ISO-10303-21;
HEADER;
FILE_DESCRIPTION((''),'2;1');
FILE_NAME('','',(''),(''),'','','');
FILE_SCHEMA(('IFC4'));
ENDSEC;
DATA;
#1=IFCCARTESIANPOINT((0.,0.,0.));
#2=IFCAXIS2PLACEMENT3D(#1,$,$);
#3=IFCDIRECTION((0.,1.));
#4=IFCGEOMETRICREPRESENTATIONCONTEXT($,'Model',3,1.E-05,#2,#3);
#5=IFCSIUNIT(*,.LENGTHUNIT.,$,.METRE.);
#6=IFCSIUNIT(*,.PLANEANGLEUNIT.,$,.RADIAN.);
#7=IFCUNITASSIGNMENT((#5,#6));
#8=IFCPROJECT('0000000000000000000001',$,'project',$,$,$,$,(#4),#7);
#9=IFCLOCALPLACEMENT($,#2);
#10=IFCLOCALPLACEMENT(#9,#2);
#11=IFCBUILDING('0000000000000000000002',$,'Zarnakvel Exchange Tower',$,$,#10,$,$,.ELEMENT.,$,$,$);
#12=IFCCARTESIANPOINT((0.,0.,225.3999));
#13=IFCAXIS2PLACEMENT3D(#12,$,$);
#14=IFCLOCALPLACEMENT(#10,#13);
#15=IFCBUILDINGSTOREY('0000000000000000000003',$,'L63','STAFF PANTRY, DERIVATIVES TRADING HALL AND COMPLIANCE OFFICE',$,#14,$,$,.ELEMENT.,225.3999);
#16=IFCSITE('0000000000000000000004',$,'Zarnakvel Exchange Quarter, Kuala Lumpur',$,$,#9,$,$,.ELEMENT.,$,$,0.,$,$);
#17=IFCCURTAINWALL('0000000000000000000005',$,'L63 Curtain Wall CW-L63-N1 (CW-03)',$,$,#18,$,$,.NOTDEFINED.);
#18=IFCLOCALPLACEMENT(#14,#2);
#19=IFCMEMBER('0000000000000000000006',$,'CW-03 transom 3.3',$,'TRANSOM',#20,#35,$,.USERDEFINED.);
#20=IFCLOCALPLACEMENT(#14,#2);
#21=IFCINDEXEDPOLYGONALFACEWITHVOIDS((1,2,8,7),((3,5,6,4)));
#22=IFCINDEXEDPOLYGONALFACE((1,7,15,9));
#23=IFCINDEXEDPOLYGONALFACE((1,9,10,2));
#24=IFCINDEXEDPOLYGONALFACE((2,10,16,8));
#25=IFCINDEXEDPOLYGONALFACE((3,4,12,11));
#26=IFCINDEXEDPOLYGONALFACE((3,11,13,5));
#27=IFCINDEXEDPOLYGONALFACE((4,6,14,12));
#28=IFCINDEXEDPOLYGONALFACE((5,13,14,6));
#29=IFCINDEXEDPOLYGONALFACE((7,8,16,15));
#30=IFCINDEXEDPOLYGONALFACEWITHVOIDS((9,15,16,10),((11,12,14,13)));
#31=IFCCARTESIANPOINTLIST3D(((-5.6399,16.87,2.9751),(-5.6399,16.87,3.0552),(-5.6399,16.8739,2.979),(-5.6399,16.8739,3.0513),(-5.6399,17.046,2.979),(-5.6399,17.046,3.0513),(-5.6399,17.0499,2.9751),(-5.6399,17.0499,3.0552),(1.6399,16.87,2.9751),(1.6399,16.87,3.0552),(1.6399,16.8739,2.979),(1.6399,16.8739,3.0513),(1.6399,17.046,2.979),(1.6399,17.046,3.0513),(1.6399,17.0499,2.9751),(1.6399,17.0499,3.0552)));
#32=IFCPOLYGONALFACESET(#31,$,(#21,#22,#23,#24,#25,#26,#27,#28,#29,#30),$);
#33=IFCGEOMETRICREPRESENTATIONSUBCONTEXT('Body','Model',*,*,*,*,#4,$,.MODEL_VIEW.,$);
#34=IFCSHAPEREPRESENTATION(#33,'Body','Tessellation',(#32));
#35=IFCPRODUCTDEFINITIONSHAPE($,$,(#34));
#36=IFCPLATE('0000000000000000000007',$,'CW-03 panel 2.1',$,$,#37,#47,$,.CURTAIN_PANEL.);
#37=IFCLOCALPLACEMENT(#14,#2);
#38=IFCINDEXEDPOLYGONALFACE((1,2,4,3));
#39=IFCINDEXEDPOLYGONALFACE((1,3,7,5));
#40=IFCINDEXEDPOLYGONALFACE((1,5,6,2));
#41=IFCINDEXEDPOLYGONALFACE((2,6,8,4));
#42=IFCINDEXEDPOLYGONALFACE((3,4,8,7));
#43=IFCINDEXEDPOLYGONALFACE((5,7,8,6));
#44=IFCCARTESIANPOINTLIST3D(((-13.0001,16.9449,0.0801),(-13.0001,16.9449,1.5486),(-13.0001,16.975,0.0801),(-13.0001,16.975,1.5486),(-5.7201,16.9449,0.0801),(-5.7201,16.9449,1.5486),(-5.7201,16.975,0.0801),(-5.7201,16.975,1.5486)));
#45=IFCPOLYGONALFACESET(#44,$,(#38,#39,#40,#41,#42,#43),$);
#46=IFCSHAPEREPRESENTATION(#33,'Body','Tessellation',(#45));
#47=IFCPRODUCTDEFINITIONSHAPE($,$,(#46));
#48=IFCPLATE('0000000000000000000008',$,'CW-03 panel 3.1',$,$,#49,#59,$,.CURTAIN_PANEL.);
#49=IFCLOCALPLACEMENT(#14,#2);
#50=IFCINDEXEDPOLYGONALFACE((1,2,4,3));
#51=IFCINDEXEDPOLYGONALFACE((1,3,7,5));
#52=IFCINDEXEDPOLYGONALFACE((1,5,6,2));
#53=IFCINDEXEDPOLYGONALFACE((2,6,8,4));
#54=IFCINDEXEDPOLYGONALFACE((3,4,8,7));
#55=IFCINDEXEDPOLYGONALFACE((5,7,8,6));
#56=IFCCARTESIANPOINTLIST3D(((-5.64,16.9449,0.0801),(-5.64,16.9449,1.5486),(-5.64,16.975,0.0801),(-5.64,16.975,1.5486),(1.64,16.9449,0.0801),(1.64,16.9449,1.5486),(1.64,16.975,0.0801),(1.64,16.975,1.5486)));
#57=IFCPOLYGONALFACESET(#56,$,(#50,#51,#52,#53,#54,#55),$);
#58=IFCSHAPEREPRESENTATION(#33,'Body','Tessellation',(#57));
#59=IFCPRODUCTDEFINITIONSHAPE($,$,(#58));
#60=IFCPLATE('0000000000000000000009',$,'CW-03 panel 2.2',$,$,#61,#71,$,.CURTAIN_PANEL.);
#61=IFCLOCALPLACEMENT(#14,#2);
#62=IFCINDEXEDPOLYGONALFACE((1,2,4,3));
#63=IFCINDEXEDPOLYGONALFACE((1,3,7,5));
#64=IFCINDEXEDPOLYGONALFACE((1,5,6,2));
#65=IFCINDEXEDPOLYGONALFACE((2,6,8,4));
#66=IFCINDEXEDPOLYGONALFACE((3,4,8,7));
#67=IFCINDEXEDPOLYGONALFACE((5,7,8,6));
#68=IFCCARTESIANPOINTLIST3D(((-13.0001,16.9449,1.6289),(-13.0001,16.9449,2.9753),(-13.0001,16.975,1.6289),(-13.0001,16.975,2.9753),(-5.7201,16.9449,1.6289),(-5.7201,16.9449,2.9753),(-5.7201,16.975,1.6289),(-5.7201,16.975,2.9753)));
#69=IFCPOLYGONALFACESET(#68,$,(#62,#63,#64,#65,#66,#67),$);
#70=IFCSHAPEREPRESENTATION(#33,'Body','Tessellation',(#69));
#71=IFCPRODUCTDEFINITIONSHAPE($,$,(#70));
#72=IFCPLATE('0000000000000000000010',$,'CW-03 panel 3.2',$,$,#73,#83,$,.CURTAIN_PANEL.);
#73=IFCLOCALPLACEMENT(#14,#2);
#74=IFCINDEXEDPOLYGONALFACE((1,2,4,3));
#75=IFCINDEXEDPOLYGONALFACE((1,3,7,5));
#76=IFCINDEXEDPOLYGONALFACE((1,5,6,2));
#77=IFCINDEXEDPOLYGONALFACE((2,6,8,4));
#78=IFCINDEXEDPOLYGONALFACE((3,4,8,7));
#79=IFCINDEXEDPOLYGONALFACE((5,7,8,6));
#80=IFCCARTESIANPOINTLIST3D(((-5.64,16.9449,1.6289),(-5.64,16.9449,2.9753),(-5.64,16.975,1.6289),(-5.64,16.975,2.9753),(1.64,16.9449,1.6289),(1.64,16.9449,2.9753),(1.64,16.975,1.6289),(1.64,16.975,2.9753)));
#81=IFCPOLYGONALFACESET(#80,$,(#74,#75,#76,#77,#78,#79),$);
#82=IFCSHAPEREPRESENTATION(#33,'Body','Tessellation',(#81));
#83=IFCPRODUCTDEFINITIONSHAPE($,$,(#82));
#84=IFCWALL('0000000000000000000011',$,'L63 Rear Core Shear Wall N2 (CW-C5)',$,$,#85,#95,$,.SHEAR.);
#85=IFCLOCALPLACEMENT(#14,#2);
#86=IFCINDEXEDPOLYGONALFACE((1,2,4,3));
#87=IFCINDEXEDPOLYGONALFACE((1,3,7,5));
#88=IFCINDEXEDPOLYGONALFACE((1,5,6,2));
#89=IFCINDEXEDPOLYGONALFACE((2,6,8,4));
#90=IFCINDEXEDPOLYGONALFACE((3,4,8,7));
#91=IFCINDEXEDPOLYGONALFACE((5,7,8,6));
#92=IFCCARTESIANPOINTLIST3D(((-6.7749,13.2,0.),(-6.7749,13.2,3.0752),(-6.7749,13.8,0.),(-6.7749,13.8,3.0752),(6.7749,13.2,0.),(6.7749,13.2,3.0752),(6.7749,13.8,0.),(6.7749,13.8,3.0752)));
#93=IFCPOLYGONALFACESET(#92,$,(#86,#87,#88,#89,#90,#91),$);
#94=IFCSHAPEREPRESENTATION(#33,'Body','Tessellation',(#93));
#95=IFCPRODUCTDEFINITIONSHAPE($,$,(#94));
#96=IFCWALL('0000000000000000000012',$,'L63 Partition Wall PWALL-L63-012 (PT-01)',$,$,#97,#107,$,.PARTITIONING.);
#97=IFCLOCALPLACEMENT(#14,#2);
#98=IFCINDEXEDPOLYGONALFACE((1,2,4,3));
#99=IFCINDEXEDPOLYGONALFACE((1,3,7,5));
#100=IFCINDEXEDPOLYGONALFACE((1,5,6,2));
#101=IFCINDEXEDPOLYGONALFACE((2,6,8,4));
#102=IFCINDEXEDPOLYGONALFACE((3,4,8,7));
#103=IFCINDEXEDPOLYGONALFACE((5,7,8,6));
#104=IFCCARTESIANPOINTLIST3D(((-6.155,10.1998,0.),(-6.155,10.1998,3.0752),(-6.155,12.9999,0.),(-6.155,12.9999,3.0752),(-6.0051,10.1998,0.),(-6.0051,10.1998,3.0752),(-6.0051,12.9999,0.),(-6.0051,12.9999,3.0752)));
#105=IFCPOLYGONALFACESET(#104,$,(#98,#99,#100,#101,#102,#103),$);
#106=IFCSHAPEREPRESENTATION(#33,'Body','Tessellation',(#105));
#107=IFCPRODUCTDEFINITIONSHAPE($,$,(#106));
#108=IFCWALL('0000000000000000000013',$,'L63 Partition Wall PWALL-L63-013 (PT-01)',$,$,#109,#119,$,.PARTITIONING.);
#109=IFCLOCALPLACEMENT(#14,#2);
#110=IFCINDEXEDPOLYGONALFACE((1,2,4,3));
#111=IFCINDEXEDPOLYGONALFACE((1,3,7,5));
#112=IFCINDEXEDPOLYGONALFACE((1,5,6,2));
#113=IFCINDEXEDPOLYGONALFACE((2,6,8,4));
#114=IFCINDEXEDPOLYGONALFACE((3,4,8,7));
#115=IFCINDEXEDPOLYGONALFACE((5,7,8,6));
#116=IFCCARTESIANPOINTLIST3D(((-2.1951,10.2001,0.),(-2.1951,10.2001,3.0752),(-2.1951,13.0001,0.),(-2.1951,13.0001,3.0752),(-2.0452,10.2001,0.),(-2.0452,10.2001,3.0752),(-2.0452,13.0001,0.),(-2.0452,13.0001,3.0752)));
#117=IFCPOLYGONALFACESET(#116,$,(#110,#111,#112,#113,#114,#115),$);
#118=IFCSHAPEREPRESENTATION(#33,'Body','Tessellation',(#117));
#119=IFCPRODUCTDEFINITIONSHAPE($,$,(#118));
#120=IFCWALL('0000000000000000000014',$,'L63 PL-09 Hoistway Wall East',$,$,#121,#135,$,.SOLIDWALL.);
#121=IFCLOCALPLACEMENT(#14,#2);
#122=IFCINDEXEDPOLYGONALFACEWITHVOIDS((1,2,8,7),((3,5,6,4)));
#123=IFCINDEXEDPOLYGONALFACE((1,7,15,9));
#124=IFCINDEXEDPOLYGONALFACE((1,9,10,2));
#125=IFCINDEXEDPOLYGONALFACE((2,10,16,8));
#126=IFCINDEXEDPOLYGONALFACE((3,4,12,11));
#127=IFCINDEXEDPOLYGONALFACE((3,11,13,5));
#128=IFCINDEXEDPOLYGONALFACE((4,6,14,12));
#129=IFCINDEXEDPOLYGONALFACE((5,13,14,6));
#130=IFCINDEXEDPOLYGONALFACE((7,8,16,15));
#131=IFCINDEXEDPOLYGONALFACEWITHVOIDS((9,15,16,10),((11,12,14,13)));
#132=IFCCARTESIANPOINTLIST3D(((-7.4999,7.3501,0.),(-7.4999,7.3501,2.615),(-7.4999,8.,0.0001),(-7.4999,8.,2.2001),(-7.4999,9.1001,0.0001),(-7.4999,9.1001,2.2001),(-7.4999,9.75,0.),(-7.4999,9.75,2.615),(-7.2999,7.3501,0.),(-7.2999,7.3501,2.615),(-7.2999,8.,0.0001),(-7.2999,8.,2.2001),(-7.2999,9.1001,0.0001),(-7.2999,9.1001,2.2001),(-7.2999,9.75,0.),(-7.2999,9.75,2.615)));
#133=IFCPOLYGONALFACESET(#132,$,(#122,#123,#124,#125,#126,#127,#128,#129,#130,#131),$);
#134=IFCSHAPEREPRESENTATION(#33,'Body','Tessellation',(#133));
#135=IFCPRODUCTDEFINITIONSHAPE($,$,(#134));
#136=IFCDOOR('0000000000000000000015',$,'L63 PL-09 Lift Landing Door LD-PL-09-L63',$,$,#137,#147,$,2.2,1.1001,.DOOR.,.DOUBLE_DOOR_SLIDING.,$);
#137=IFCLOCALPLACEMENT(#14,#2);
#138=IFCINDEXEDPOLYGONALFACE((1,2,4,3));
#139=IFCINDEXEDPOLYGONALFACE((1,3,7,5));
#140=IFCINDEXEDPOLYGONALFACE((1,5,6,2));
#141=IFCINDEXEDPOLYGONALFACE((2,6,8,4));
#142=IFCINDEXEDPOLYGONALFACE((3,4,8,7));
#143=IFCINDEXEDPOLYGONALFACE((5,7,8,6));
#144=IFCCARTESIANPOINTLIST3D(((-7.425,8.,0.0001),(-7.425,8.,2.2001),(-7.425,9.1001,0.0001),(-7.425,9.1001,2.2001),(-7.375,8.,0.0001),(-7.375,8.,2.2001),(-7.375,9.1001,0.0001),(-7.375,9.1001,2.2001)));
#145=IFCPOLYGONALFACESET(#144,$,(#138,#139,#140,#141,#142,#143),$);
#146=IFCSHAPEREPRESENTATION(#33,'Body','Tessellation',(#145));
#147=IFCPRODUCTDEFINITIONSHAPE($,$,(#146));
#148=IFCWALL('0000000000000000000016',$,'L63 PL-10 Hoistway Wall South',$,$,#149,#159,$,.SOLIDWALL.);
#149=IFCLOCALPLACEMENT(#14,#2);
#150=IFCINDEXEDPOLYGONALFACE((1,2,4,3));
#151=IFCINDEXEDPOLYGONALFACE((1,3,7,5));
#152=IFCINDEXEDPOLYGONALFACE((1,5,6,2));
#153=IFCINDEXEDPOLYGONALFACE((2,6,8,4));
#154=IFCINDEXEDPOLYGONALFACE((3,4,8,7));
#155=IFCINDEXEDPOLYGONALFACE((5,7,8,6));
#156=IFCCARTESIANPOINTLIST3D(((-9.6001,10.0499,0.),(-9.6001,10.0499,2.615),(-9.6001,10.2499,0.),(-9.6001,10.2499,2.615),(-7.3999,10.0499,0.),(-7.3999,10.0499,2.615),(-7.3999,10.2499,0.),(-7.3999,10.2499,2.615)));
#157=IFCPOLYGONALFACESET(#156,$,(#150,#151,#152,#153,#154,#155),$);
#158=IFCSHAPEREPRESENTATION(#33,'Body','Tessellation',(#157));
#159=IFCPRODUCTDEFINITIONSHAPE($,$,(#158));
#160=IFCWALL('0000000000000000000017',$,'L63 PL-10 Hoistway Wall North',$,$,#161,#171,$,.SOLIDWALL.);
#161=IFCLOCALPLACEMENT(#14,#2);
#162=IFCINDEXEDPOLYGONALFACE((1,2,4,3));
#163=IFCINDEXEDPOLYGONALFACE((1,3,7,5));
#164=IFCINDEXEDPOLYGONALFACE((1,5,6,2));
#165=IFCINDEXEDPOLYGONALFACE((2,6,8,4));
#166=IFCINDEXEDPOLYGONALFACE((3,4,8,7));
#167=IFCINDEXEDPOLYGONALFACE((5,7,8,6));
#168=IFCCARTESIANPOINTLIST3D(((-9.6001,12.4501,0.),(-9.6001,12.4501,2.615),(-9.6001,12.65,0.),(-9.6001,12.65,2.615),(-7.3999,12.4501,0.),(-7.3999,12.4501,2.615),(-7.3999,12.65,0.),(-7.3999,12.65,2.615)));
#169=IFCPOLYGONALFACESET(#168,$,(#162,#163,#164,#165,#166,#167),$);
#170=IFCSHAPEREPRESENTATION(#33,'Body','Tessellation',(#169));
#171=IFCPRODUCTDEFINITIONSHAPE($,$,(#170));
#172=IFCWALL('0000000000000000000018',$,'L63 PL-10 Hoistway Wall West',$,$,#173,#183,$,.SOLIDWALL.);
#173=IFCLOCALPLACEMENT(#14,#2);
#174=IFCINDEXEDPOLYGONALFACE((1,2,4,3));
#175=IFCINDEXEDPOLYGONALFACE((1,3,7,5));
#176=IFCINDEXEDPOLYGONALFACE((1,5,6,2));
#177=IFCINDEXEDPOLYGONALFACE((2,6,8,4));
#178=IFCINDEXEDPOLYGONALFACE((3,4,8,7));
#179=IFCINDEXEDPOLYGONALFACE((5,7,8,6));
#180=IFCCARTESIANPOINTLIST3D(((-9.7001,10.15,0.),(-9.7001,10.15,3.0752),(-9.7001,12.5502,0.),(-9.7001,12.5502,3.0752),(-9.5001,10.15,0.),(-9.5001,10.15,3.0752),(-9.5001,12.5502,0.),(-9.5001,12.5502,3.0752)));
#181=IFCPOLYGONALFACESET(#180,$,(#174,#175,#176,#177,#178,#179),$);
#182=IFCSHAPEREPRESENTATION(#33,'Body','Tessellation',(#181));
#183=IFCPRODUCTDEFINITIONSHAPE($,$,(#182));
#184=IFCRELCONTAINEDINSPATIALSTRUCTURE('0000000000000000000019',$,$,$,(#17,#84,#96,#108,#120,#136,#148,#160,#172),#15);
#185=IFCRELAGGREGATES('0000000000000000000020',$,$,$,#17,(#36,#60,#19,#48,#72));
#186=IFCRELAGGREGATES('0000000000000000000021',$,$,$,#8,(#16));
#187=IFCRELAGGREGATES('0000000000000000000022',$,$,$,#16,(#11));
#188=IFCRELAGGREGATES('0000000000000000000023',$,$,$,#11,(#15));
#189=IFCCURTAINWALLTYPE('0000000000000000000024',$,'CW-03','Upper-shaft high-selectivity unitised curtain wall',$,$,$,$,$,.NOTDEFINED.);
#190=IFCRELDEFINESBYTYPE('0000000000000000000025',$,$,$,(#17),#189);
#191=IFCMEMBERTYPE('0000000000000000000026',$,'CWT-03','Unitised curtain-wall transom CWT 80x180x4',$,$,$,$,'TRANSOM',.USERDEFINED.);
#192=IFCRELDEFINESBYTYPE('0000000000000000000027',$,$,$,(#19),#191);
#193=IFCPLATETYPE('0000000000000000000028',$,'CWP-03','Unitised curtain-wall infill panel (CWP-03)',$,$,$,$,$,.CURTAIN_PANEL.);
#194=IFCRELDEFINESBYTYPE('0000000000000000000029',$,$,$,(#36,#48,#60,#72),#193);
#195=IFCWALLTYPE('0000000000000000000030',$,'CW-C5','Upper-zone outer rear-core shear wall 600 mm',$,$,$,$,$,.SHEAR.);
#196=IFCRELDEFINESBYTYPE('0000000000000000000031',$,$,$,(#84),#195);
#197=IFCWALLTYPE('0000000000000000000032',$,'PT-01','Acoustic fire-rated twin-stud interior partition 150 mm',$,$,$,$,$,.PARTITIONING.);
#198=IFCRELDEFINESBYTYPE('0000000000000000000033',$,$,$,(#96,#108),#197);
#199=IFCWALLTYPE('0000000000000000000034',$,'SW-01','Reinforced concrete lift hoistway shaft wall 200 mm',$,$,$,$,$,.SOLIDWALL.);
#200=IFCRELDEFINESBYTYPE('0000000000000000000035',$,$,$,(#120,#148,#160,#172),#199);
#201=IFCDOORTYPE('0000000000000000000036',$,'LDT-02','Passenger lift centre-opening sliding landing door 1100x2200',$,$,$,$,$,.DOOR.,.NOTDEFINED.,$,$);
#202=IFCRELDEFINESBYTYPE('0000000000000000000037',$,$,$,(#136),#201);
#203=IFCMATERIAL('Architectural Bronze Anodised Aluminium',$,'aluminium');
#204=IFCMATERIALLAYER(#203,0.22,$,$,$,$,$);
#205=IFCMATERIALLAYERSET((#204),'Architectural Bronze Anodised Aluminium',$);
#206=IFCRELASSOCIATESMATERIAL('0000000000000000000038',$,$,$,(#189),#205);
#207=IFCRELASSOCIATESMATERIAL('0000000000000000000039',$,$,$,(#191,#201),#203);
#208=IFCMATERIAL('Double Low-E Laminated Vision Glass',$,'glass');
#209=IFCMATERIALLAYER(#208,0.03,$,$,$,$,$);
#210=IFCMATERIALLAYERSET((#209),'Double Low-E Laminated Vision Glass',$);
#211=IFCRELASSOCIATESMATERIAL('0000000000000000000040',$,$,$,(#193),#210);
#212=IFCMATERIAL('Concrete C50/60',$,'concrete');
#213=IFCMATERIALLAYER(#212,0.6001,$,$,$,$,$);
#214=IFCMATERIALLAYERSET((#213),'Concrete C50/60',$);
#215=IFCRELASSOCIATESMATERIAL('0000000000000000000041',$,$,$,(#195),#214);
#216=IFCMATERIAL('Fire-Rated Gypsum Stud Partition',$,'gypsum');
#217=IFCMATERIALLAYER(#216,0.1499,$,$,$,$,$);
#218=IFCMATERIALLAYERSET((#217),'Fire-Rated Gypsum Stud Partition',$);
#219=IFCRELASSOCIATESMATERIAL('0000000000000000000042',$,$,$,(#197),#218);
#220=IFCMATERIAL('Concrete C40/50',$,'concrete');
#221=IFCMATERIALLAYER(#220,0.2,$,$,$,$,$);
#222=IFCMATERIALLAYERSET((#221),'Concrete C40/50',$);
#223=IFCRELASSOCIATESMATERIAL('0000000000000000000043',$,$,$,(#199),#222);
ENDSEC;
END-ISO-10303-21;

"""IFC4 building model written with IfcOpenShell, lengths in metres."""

from ifc_helpers import new_model, si_unit, direction, frame, frame_2d, origin, origin_2d, place, context, subcontext, project, spatial, rectangle, hollow_rectangle, extrude, source, transform, mapped, material, layer, layer_set, material_profile, profile_set, type_object, element, fill, aggregate, save


model = new_model("IFC4")

# Units and contexts
model_context = context("Model", 3, precision=1e-05, world=origin(), true_north=direction((0.0, 1.0)))
body_context = subcontext(model_context, "Body", "Model", "MODEL_VIEW")
ifc_project = project(units=[si_unit("LENGTHUNIT", "METRE"), si_unit("PLANEANGLEUNIT", "RADIAN")], contexts=[model_context])

# Site, building, storey
site_placement = place(None, origin())
site = spatial("IfcSite", under=ifc_project, at=site_placement, Name="Zarnakvel Exchange Quarter, Kuala Lumpur", CompositionType="ELEMENT", RefElevation=0.0)
building_placement = place(site_placement, origin())
building = spatial("IfcBuilding", under=site, at=building_placement, Name="Zarnakvel Exchange Tower", CompositionType="ELEMENT")
storey_placement = place(building_placement, frame((0.0, 0.0, 225.3999)))
storey = spatial("IfcBuildingStorey", under=building, at=storey_placement, Name="L63", Description="STAFF PANTRY, DERIVATIVES TRADING HALL AND COMPLIANCE OFFICE", CompositionType="ELEMENT", Elevation=225.3999)

# Shared definitions
ifc_material_1 = material(Name="Concrete C50/60", Category="concrete")

# Curtain wall, member, plates
ifc_material_2 = material(Name="Architectural Bronze Anodised Aluminium", Category="aluminium")
ifc_layer_1 = layer(ifc_material_2, 0.22)
ifc_layer_set_1 = layer_set([ifc_layer_1], Name="Architectural Bronze Anodised Aluminium")
curtain_wall_type = type_object("IfcCurtainWallType", Name="CW-03", Description="Upper-shaft high-selectivity unitised curtain wall", PredefinedType="NOTDEFINED", material=ifc_layer_set_1)
curtain_wall_placement = place(storey_placement, origin())
curtain_wall = element("IfcCurtainWall", 1, at=curtain_wall_placement, inside=storey, type_object=curtain_wall_type, Name="L63 Curtain Wall CW-L63-N1 (CW-03)", PredefinedType="NOTDEFINED")
ifc_material_profile_1 = material_profile(ifc_material_2, hollow_rectangle(XDim=0.1799, YDim=0.0801, WallThickness=0.0039, at=origin_2d()))
ifc_profile_set_1 = profile_set([ifc_material_profile_1], Name="Architectural Bronze Anodised Aluminium")
member_type_1 = type_object("IfcMemberType", Name="CWT-03", Description="Unitised curtain-wall transom CWT 80x180x4", ElementType="TRANSOM", PredefinedType="USERDEFINED", material=ifc_profile_set_1)
shared_shape_1 = source(origin(), body_context, "Body", "SweptSolid", [
    extrude(hollow_rectangle(XDim=0.1799, YDim=0.0801, WallThickness=0.0039, at=origin_2d()), origin(), (0.0, 0.0, 1.0), 7.2798),
])
member_1_placement = place(storey_placement, frame((-5.6399, 16.96, 3.0151), z_axis=(1.0, 0.0, 0.0), x_axis=(0.0, 1.0, 0.0)))
member_1 = element("IfcMember", 2, at=member_1_placement, type_object=member_type_1, Name="CW-03 transom 3.3", ObjectType="TRANSOM", PredefinedType="USERDEFINED", context=body_context, shape_type="MappedRepresentation", body=[
    mapped(shared_shape_1, transform((0.0, 0.0, 0.0), x_axis=(1.0, 0.0, 0.0), y_axis=(0.0, 1.0, 0.0), z_axis=(0.0, 0.0, 1.0), scale=1.0)),
])
ifc_material_3 = material(Name="Double Low-E Laminated Vision Glass", Category="glass")
ifc_layer_2 = layer(ifc_material_3, 0.03)
ifc_layer_set_2 = layer_set([ifc_layer_2], Name="Double Low-E Laminated Vision Glass")
plate_type = type_object("IfcPlateType", Name="CWP-03", Description="Unitised curtain-wall infill panel (CWP-03)", PredefinedType="CURTAIN_PANEL", material=ifc_layer_set_2)
shared_shape_2 = source(origin(), body_context, "Body", "SweptSolid", [
    extrude(rectangle(XDim=7.28, YDim=0.03, at=origin_2d()), origin(), (0.0, 0.0, 1.0), 1.4685),
])
plate_1_placement = place(storey_placement, frame((-9.3601, 16.96, 0.0801), z_axis=(0.0, 0.0, 1.0), x_axis=(1.0, 0.0, 0.0)))
plate_1 = element("IfcPlate", 3, at=plate_1_placement, type_object=plate_type, Name="CW-03 panel 2.1", PredefinedType="CURTAIN_PANEL", context=body_context, shape_type="MappedRepresentation", body=[
    mapped(shared_shape_2, transform((0.0, 0.0, 0.0), x_axis=(1.0, 0.0, 0.0), y_axis=(0.0, 1.0, 0.0), z_axis=(0.0, 0.0, 1.0), scale=1.0)),
])
plate_2_placement = place(storey_placement, frame((-2.0, 16.96, 0.0801), z_axis=(0.0, 0.0, 1.0), x_axis=(1.0, 0.0, 0.0)))
plate_2 = element("IfcPlate", 4, at=plate_2_placement, type_object=plate_type, Name="CW-03 panel 3.1", PredefinedType="CURTAIN_PANEL", context=body_context, shape_type="MappedRepresentation", body=[
    mapped(shared_shape_2, transform((0.0, 0.0, 0.0), x_axis=(1.0, 0.0, 0.0), y_axis=(0.0, 1.0, 0.0), z_axis=(0.0, 0.0, 1.0), scale=1.0)),
])
shared_shape_3 = source(origin(), body_context, "Body", "SweptSolid", [
    extrude(rectangle(XDim=7.28, YDim=0.03, at=origin_2d()), origin(), (0.0, 0.0, 1.0), 1.3464),
])
plate_3_placement = place(storey_placement, frame((-9.3601, 16.96, 1.6289), z_axis=(0.0, 0.0, 1.0), x_axis=(1.0, 0.0, 0.0)))
plate_3 = element("IfcPlate", 5, at=plate_3_placement, type_object=plate_type, Name="CW-03 panel 2.2", PredefinedType="CURTAIN_PANEL", context=body_context, shape_type="MappedRepresentation", body=[
    mapped(shared_shape_3, transform((0.0, 0.0, 0.0), x_axis=(1.0, 0.0, 0.0), y_axis=(0.0, 1.0, 0.0), z_axis=(0.0, 0.0, 1.0), scale=1.0)),
])
plate_4_placement = place(storey_placement, frame((-2.0, 16.96, 1.6289), z_axis=(0.0, 0.0, 1.0), x_axis=(1.0, 0.0, 0.0)))
plate_4 = element("IfcPlate", 6, at=plate_4_placement, type_object=plate_type, Name="CW-03 panel 3.2", PredefinedType="CURTAIN_PANEL", context=body_context, shape_type="MappedRepresentation", body=[
    mapped(shared_shape_3, transform((0.0, 0.0, 0.0), x_axis=(1.0, 0.0, 0.0), y_axis=(0.0, 1.0, 0.0), z_axis=(0.0, 0.0, 1.0), scale=1.0)),
])
aggregate(curtain_wall, [plate_1, plate_3, member_1, plate_2, plate_4])

# Wall
ifc_layer_3 = layer(ifc_material_1, 0.6001)
ifc_layer_set_3 = layer_set([ifc_layer_3], Name="Concrete C50/60")
wall_type_1 = type_object("IfcWallType", Name="CW-C5", Description="Upper-zone outer rear-core shear wall 600 mm", PredefinedType="SHEAR", material=ifc_layer_set_3)
wall_1_placement = place(storey_placement, frame((-6.7749, 13.5, 0.0), z_axis=(0.0, 0.0, 1.0), x_axis=(1.0, 0.0, 0.0)))
element("IfcWall", 7, at=wall_1_placement, inside=storey, type_object=wall_type_1, Name="L63 Rear Core Shear Wall N2 (CW-C5)", PredefinedType="SHEAR", context=body_context, shape_type="SweptSolid", body=[
    extrude(rectangle(XDim=13.5498, YDim=0.6001, at=frame_2d((6.7749, 0.0))), origin(), (0.0, 0.0, 1.0), 3.0752),
])

# Shared definitions
ifc_material_4 = material(Name="Fire-Rated Gypsum Stud Partition", Category="gypsum")
ifc_layer_4 = layer(ifc_material_4, 0.1499)
ifc_layer_set_4 = layer_set([ifc_layer_4], Name="Fire-Rated Gypsum Stud Partition")
wall_type_2 = type_object("IfcWallType", Name="PT-01", Description="Acoustic fire-rated twin-stud interior partition 150 mm", PredefinedType="PARTITIONING", material=ifc_layer_set_4)

# Walls
for number, where, z_axis, x_axis, name in (
    (8, (-6.0801, 10.2, 0.0), (0.0, 0.0, 1.0), (0.0, 1.0, 0.0), "L63 Partition Wall PWALL-L63-012 (PT-01)"),
    (9, (-2.1201, 13.0, 0.0), (0.0, 0.0, 1.0), (0.0, -1.0, 0.0), "L63 Partition Wall PWALL-L63-013 (PT-01)"),
):
    element("IfcWall", number, at=place(storey_placement, frame(where, z_axis=z_axis, x_axis=x_axis)), inside=storey, type_object=wall_type_2, Name=name, PredefinedType="PARTITIONING", context=body_context, shape_type="SweptSolid", body=[
        extrude(rectangle(XDim=2.8, YDim=0.1499, at=frame_2d((1.3999, 0.0))), origin(), (0.0, 0.0, 1.0), 3.0752),
    ])

# Wall, opening, door
ifc_material_5 = material(Name="Concrete C40/50", Category="concrete")
ifc_layer_5 = layer(ifc_material_5, 0.2)
ifc_layer_set_5 = layer_set([ifc_layer_5], Name="Concrete C40/50")
wall_type_3 = type_object("IfcWallType", Name="SW-01", Description="Reinforced concrete lift hoistway shaft wall 200 mm", PredefinedType="SOLIDWALL", material=ifc_layer_set_5)
wall_2_placement = place(storey_placement, frame((-7.3999, 9.75, 0.0), z_axis=(0.0, 0.0, 1.0), x_axis=(0.0, -1.0, 0.0)))
wall_2 = element("IfcWall", 10, at=wall_2_placement, inside=storey, type_object=wall_type_3, Name="L63 PL-09 Hoistway Wall East", PredefinedType="SOLIDWALL", context=body_context, shape_type="SweptSolid", body=[
    extrude(rectangle(XDim=2.3999, YDim=0.2, at=frame_2d((1.2, 0.0))), origin(), (0.0, 0.0, 1.0), 2.615),
])
opening_1_placement = place(wall_2_placement, frame((0.6499, 0.0, 0.0)))
opening_1 = element("IfcOpeningElement", 11, at=opening_1_placement, cuts=wall_2, PredefinedType="OPENING", context=body_context, shape_type="SweptSolid", body=[
    extrude(rectangle(XDim=1.1001, YDim=2.2, at=frame_2d((0.55, 1.1001))), frame((0.0, 0.1099, 0.0), z_axis=(0.0, -1.0, 0.0), x_axis=(1.0, 0.0, 0.0)), (0.0, 0.0, 1.0), 0.22),
])
door_type_1 = type_object("IfcDoorType", Name="LDT-02", Description="Passenger lift centre-opening sliding landing door 1100x2200", OperationType="NOTDEFINED", PredefinedType="DOOR", material=ifc_material_2)
shared_shape_4 = source(origin(), body_context, "Body", "SweptSolid", [
    extrude(rectangle(XDim=1.1001, YDim=2.2, at=frame_2d((0.55, 1.1001))), frame((0.0, 0.0249, 0.0), z_axis=(0.0, -1.0, 0.0), x_axis=(1.0, 0.0, 0.0)), (0.0, 0.0, 1.0), 0.05),
])
door_1_placement = place(opening_1_placement, origin())
door_1 = element("IfcDoor", 12, at=door_1_placement, inside=storey, type_object=door_type_1, Name="L63 PL-09 Lift Landing Door LD-PL-09-L63", OperationType="DOUBLE_DOOR_SLIDING", OverallHeight=2.2, OverallWidth=1.1001, PredefinedType="DOOR", context=body_context, shape_type="MappedRepresentation", body=[
    mapped(shared_shape_4, transform((0.0, 0.0, 0.0), x_axis=(1.0, 0.0, 0.0), y_axis=(0.0, 1.0, 0.0), z_axis=(0.0, 0.0, 1.0), scale=1.0)),
])
fill(opening_1, door_1)

# Walls
for number, where, z_axis, x_axis, name in (
    (13, (-7.3999, 10.1499, 0.0), (0.0, 0.0, 1.0), (-1.0, 0.0, 0.0), "L63 PL-10 Hoistway Wall South"),
    (14, (-9.6001, 12.55, 0.0), (0.0, 0.0, 1.0), (1.0, 0.0, 0.0), "L63 PL-10 Hoistway Wall North"),
):
    element("IfcWall", number, at=place(storey_placement, frame(where, z_axis=z_axis, x_axis=x_axis)), inside=storey, type_object=wall_type_3, Name=name, PredefinedType="SOLIDWALL", context=body_context, shape_type="SweptSolid", body=[
        extrude(rectangle(XDim=2.2002, YDim=0.2, at=frame_2d((1.1001, 0.0))), origin(), (0.0, 0.0, 1.0), 2.615),
    ])
wall_3_placement = place(storey_placement, frame((-9.6001, 10.1499, 0.0), z_axis=(0.0, 0.0, 1.0), x_axis=(0.0, 1.0, 0.0)))
element("IfcWall", 15, at=wall_3_placement, inside=storey, type_object=wall_type_3, Name="L63 PL-10 Hoistway Wall West", PredefinedType="SOLIDWALL", context=body_context, shape_type="SweptSolid", body=[
    extrude(rectangle(XDim=2.4001, YDim=0.2, at=frame_2d((1.2002, 0.0))), origin(), (0.0, 0.0, 1.0), 3.0752),
])

save(model, "model.ifc")
